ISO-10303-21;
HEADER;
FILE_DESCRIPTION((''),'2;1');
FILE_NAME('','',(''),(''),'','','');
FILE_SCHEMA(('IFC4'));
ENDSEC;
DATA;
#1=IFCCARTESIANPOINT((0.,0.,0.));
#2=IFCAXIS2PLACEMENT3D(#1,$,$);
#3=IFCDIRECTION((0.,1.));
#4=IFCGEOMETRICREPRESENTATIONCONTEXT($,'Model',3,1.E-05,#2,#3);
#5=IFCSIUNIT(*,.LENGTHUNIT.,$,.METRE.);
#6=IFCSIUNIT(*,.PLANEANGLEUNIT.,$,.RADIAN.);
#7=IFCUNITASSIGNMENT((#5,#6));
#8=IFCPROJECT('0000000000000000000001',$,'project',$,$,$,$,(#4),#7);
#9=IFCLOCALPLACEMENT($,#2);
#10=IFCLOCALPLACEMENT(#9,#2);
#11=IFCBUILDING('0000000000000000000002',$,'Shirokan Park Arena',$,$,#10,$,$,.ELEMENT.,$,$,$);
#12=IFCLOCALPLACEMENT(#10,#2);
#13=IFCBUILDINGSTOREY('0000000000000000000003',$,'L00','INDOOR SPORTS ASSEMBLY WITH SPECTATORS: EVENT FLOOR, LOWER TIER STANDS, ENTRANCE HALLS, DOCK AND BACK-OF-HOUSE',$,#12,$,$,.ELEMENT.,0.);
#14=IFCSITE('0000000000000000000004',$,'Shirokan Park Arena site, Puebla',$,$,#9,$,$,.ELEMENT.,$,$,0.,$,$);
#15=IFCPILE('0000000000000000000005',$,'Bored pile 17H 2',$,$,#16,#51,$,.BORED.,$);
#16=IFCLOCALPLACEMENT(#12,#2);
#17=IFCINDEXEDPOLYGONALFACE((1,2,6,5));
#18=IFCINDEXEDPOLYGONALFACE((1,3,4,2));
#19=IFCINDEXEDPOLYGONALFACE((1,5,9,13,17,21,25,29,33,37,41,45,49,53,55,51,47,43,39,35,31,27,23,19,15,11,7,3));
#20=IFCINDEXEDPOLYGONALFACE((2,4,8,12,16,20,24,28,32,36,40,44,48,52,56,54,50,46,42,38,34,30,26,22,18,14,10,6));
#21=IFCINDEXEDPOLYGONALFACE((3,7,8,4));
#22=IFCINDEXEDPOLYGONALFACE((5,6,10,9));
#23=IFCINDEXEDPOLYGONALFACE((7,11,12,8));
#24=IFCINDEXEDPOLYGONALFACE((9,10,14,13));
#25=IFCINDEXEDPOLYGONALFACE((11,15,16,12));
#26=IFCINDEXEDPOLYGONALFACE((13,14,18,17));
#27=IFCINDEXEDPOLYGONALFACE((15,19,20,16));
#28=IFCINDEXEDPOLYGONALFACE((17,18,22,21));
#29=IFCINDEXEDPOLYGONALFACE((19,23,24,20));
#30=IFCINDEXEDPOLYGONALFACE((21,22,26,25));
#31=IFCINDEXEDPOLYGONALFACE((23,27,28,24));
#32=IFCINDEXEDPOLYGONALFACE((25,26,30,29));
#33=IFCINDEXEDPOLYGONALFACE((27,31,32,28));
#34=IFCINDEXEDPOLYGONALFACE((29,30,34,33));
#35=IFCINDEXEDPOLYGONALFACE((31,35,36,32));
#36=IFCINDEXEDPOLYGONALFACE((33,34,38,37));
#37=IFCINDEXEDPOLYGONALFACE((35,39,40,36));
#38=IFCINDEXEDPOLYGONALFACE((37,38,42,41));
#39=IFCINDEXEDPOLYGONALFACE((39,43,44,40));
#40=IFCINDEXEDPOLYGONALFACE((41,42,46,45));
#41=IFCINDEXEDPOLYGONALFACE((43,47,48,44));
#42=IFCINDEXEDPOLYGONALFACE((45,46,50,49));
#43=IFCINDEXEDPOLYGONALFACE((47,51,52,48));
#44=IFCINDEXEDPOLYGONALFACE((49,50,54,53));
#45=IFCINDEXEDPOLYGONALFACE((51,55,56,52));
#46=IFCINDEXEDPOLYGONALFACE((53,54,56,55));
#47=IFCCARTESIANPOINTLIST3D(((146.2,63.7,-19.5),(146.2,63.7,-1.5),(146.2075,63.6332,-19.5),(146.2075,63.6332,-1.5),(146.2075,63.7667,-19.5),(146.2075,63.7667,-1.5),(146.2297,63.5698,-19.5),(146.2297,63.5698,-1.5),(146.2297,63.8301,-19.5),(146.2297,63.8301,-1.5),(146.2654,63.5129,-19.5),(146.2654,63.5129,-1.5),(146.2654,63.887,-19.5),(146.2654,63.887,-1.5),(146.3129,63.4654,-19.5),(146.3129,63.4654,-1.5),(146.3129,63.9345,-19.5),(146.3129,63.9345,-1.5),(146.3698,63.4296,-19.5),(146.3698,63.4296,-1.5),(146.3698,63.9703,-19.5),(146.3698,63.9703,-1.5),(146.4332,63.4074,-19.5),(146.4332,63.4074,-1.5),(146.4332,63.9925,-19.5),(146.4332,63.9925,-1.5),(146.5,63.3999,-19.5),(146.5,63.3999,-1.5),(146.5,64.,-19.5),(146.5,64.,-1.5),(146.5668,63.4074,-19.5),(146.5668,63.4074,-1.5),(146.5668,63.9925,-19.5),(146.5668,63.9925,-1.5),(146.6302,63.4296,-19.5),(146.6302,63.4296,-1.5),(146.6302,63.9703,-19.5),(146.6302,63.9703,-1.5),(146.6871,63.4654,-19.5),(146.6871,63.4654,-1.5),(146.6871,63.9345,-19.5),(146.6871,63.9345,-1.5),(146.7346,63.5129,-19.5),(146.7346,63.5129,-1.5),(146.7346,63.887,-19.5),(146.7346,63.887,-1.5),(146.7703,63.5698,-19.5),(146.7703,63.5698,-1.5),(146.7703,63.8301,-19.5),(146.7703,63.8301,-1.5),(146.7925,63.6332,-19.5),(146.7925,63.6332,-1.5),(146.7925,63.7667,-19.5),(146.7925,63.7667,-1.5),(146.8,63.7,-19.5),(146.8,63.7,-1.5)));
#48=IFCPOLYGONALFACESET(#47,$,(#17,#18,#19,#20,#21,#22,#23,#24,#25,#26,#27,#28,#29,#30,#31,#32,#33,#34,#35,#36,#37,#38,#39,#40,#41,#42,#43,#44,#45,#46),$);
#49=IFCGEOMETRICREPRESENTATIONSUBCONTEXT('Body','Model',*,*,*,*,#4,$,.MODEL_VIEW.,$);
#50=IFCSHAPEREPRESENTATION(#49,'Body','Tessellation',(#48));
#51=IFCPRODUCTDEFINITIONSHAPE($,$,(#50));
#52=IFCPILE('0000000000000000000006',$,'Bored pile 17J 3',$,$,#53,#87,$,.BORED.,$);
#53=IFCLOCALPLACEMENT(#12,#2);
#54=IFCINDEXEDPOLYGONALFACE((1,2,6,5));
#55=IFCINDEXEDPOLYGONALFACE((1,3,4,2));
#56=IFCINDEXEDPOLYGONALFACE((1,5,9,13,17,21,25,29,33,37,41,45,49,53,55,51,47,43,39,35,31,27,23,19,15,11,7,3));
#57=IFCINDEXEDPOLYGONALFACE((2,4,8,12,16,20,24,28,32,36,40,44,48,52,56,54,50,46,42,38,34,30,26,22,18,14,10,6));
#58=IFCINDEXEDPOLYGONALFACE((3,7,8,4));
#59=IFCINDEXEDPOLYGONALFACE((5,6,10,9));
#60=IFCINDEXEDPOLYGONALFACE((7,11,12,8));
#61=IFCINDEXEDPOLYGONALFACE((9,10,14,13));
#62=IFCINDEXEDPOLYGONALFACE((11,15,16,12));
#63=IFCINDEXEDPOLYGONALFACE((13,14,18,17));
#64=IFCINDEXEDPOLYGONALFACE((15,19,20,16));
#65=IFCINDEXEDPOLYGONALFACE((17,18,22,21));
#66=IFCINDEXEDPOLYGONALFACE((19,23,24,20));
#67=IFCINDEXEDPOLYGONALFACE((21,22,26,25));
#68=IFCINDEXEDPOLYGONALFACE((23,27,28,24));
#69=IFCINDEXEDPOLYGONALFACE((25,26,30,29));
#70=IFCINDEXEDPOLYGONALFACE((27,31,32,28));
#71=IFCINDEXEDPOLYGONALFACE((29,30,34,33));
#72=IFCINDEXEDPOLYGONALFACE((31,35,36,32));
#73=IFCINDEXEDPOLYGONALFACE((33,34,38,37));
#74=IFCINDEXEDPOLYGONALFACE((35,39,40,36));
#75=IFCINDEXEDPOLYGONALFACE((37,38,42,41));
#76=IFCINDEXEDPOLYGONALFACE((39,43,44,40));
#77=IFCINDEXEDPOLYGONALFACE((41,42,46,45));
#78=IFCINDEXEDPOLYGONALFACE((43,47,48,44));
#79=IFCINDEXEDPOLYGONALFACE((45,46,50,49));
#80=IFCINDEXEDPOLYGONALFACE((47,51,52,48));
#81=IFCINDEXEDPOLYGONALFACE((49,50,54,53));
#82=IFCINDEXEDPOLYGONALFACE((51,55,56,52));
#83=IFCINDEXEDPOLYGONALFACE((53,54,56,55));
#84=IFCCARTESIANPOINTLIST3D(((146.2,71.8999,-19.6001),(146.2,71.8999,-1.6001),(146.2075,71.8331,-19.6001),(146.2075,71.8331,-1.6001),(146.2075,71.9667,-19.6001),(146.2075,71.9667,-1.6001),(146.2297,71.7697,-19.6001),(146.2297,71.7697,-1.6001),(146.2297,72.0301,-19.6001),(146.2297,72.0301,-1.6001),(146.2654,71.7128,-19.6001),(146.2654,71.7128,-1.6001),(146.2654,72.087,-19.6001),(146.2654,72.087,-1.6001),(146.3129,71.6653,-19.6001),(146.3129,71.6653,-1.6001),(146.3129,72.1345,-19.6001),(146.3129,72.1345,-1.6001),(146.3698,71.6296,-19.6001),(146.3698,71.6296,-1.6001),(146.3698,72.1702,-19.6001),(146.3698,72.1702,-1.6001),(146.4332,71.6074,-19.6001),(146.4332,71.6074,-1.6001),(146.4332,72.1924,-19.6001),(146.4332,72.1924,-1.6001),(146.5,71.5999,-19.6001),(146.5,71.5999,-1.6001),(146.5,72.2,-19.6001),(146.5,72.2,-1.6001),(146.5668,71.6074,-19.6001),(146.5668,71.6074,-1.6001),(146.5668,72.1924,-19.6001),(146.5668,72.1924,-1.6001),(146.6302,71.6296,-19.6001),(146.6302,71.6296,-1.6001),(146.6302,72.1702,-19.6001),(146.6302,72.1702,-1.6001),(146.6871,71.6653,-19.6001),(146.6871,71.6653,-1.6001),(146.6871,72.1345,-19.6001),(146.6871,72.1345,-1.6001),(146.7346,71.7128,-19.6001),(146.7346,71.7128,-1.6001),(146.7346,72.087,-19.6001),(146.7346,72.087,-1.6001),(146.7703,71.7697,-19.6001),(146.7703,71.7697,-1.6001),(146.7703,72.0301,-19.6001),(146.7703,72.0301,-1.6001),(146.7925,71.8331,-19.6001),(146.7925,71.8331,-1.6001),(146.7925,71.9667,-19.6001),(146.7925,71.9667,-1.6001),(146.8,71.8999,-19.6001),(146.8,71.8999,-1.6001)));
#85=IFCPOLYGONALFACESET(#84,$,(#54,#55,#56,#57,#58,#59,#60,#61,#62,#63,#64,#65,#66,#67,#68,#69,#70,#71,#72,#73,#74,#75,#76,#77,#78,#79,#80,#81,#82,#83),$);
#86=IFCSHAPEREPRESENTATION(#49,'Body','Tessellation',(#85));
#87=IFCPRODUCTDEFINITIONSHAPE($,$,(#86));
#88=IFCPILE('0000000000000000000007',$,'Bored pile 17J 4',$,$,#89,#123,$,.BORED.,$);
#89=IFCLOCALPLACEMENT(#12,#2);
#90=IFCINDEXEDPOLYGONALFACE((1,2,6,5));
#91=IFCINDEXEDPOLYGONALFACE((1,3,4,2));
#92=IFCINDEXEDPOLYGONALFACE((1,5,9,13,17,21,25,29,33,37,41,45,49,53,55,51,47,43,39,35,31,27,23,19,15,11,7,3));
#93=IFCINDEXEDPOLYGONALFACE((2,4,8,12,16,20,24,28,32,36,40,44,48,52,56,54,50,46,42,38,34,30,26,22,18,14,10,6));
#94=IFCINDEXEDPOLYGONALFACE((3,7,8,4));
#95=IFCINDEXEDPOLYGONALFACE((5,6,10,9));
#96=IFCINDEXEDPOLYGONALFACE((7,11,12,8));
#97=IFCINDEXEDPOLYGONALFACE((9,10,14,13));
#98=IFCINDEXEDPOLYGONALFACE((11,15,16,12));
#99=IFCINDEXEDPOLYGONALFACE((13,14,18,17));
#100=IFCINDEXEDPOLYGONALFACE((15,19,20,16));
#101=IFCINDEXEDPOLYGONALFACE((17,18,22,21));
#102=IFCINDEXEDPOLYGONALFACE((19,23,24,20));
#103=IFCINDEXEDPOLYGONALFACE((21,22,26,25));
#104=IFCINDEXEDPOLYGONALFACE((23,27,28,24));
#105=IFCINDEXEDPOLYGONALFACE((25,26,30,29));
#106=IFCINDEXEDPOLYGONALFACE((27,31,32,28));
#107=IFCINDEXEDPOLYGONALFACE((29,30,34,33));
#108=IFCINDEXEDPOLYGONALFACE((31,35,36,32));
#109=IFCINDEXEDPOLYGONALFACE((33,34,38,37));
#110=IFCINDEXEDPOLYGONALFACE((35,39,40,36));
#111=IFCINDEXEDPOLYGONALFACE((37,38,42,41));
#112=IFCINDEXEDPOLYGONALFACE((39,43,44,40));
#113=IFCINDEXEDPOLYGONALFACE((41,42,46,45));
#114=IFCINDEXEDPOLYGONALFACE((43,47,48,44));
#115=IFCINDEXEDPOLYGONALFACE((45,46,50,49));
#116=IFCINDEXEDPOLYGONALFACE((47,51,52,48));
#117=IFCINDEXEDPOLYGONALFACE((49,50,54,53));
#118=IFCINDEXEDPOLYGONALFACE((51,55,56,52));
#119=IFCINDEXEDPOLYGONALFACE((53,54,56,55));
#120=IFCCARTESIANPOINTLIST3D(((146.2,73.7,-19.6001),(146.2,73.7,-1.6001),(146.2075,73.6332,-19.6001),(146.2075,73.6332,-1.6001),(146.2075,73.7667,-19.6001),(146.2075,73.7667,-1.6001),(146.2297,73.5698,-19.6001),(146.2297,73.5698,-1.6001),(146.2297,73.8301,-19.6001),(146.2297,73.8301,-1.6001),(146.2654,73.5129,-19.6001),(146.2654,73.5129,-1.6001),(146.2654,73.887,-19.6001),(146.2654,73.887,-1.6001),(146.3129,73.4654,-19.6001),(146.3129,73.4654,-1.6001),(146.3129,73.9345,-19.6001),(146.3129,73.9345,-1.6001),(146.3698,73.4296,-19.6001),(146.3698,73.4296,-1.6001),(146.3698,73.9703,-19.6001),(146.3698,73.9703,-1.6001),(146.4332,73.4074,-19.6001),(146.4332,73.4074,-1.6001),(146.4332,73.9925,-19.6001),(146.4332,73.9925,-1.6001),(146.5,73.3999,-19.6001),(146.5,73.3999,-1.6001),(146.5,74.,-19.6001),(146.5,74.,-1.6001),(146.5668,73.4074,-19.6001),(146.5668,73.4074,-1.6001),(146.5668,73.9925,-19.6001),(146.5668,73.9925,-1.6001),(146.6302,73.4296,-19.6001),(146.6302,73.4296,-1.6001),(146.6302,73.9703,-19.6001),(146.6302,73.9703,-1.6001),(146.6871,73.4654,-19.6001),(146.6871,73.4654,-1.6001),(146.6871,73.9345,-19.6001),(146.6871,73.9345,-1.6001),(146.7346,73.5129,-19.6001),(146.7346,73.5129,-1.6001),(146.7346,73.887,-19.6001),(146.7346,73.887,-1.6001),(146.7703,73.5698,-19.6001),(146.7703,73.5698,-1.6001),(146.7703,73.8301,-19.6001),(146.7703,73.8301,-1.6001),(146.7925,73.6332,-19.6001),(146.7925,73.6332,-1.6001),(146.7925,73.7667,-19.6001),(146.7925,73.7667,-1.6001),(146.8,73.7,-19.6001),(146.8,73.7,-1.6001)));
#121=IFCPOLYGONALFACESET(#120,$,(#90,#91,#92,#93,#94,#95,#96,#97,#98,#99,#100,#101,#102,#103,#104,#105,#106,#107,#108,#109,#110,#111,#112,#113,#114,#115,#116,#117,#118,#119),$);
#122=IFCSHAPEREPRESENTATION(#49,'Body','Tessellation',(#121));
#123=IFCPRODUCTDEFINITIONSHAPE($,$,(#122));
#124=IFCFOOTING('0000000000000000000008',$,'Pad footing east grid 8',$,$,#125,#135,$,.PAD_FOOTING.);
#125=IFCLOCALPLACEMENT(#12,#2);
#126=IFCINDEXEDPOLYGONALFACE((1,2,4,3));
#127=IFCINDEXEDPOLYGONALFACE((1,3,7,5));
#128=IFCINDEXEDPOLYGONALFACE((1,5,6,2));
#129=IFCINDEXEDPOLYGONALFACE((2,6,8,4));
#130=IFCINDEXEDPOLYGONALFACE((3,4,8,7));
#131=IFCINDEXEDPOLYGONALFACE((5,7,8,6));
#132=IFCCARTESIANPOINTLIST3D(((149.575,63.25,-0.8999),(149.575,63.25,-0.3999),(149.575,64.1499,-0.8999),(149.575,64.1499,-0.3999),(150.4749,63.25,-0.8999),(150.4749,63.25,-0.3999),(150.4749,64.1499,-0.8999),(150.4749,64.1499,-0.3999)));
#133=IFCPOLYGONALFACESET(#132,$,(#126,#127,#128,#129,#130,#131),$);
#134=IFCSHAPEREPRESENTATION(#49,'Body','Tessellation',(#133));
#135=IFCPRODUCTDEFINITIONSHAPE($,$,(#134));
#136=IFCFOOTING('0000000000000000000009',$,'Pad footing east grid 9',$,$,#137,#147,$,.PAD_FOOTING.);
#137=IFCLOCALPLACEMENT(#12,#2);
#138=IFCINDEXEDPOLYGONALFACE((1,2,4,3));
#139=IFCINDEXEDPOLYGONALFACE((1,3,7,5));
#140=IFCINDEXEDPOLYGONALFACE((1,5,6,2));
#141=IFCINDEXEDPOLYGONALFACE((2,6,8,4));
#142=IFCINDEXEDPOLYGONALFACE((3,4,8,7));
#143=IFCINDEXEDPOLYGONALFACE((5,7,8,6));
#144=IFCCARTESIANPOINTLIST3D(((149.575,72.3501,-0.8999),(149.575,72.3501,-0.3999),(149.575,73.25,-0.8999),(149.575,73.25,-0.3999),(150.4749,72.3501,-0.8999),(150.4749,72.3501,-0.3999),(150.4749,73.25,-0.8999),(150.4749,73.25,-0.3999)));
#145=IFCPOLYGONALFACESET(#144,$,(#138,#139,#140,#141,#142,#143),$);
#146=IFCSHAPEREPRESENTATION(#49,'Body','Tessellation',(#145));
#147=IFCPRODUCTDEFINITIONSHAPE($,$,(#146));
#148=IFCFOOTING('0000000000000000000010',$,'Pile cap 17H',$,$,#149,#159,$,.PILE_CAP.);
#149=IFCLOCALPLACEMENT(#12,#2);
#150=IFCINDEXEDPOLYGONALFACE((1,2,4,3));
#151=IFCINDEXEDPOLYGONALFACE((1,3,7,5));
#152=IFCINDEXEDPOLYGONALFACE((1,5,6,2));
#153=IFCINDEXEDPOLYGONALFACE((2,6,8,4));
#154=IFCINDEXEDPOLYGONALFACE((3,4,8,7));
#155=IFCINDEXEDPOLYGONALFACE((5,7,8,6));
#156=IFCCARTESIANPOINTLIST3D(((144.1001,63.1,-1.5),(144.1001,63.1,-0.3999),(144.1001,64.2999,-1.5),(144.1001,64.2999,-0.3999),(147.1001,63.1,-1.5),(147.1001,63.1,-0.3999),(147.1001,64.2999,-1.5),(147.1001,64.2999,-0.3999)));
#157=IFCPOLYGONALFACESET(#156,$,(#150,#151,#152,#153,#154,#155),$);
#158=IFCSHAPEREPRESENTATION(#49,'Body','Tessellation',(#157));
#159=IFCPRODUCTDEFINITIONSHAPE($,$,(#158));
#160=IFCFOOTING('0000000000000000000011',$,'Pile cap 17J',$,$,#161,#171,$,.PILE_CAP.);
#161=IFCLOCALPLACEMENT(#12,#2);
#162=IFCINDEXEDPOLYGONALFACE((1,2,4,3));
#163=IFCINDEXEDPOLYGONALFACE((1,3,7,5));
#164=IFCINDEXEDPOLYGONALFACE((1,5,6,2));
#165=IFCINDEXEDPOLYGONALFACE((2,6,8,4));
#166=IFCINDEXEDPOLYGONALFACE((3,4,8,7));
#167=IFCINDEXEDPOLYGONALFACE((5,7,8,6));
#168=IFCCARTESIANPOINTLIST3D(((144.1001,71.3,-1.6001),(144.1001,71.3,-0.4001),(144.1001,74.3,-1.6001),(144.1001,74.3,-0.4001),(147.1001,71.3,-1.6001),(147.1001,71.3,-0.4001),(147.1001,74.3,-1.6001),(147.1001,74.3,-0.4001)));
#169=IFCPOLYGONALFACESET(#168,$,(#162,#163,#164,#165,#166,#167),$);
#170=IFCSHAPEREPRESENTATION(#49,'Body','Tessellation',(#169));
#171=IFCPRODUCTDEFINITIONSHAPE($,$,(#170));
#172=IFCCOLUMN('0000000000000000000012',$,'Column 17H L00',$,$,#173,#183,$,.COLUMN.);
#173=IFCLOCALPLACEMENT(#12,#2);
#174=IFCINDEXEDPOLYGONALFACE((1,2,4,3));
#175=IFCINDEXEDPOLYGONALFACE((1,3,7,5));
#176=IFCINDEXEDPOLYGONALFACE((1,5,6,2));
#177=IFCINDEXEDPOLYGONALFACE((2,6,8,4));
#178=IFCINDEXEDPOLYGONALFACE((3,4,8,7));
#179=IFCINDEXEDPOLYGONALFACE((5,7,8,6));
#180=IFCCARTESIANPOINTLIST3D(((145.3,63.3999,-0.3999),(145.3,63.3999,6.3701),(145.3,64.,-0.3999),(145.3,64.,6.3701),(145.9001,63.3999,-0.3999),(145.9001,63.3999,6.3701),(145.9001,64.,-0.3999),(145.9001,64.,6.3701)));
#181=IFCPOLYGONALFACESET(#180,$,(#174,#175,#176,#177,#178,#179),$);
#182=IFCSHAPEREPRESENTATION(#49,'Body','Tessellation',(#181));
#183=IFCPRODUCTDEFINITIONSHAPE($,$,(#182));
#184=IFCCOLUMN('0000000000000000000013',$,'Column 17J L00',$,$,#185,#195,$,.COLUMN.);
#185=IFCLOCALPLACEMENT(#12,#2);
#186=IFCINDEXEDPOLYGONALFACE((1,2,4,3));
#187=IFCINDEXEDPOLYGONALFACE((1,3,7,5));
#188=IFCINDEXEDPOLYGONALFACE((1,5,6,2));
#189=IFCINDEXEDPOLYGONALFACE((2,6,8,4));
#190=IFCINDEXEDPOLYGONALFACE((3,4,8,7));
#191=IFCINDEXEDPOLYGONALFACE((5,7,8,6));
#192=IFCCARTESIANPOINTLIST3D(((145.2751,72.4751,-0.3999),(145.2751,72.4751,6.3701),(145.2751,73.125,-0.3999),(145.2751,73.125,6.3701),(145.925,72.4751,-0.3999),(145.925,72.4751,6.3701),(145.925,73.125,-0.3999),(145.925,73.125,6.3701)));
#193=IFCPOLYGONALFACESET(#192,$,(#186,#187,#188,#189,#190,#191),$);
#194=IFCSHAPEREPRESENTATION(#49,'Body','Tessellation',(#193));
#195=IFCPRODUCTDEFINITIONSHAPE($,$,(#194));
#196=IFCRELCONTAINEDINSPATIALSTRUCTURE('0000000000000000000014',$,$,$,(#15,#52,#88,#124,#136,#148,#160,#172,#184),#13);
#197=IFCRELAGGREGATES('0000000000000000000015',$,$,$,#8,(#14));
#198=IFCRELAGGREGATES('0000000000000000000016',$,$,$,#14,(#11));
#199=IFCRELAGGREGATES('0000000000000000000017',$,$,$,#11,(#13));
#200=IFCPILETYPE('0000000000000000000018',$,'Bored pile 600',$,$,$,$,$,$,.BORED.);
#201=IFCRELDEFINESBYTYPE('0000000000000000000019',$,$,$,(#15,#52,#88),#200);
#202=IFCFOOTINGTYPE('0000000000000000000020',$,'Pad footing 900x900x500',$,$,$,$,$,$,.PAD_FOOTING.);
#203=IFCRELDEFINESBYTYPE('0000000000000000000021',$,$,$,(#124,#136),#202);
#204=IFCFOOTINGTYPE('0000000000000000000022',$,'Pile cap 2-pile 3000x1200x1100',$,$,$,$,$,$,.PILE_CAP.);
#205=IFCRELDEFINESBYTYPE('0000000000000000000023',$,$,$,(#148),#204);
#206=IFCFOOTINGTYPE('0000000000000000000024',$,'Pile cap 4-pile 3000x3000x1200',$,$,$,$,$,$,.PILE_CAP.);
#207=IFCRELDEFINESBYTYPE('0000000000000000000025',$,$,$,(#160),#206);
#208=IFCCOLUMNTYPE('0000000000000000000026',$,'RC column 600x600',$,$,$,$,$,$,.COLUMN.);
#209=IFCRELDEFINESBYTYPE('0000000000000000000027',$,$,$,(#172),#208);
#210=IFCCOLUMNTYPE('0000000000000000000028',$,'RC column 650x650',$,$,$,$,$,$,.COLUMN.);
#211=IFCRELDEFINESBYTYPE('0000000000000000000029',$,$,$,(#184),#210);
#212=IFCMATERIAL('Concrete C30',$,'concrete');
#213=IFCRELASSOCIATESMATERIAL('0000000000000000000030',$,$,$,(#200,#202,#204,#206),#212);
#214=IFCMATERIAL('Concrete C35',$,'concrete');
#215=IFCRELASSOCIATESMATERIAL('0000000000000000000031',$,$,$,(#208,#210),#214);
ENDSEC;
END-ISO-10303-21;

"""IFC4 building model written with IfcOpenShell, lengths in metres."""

from ifc_helpers import new_model, si_unit, direction, frame, origin, origin_2d, place, context, subcontext, project, spatial, rectangle, circle, extrude, material, material_profile, profile_set, type_object, element, save


model = new_model("IFC4")

# Units and contexts
model_context = context("Model", 3, precision=1e-05, world=origin(), true_north=direction((0.0, 1.0)))
body_context = subcontext(model_context, "Body", "Model", "MODEL_VIEW")
ifc_project = project(units=[si_unit("LENGTHUNIT", "METRE"), si_unit("PLANEANGLEUNIT", "RADIAN")], contexts=[model_context])

# Site, building, storey
site_placement = place(None, origin())
site = spatial("IfcSite", under=ifc_project, at=site_placement, Name="Shirokan Park Arena site, Puebla", CompositionType="ELEMENT", RefElevation=0.0)
building_placement = place(site_placement, origin())
building = spatial("IfcBuilding", under=site, at=building_placement, Name="Shirokan Park Arena", CompositionType="ELEMENT")
storey_placement = place(building_placement, origin())
storey = spatial("IfcBuildingStorey", under=building, at=storey_placement, Name="L00", Description="INDOOR SPORTS ASSEMBLY WITH SPECTATORS: EVENT FLOOR, LOWER TIER STANDS, ENTRANCE HALLS, DOCK AND BACK-OF-HOUSE", CompositionType="ELEMENT", Elevation=0.0)

# Piles
ifc_material_1 = material(Name="Concrete C30", Category="concrete")
ifc_material_profile_1 = material_profile(ifc_material_1, circle(Radius=0.3, at=origin_2d()), Name="D600")
ifc_profile_set_1 = profile_set([ifc_material_profile_1], Name="Concrete C30")
pile_type = type_object("IfcPileType", Name="Bored pile 600", PredefinedType="BORED", material=ifc_profile_set_1)
for number, where, z_axis, x_axis, name in (
    (1, (146.5, 63.7, -1.5), (0.0, 0.0, -1.0), (1.0, 0.0, 0.0), "Bored pile 17H 2"),
    (2, (146.5, 71.8999, -1.6001), (0.0, 0.0, -1.0), (1.0, 0.0, 0.0), "Bored pile 17J 3"),
    (3, (146.5, 73.7, -1.6001), (0.0, 0.0, -1.0), (1.0, 0.0, 0.0), "Bored pile 17J 4"),
):
    element("IfcPile", number, at=place(storey_placement, frame(where, z_axis=z_axis, x_axis=x_axis)), inside=storey, type_object=pile_type, Name=name, PredefinedType="BORED", context=body_context, shape_type="SweptSolid", body=[
        extrude(circle(Radius=0.3, at=origin_2d()), origin(), (0.0, 0.0, 1.0), 18.0),
    ])

# Footings
footing_type_1 = type_object("IfcFootingType", Name="Pad footing 900x900x500", PredefinedType="PAD_FOOTING", material=ifc_material_1)
for number, where, z_axis, x_axis, name in (
    (4, (150.0249, 63.7, -0.8999), (0.0, 0.0, 1.0), (1.0, 0.0, 0.0), "Pad footing east grid 8"),
    (5, (150.0249, 72.8, -0.8999), (0.0, 0.0, 1.0), (1.0, 0.0, 0.0), "Pad footing east grid 9"),
):
    element("IfcFooting", number, at=place(storey_placement, frame(where, z_axis=z_axis, x_axis=x_axis)), inside=storey, type_object=footing_type_1, Name=name, PredefinedType="PAD_FOOTING", context=body_context, shape_type="SweptSolid", body=[
        extrude(rectangle(XDim=0.8999, YDim=0.8999, at=origin_2d()), origin(), (0.0, 0.0, 1.0), 0.5),
    ])
footing_type_2 = type_object("IfcFootingType", Name="Pile cap 2-pile 3000x1200x1100", PredefinedType="PILE_CAP", material=ifc_material_1)
footing_1_placement = place(storey_placement, frame((145.6001, 63.7, -1.5), z_axis=(0.0, 0.0, 1.0), x_axis=(1.0, 0.0, 0.0)))
element("IfcFooting", 6, at=footing_1_placement, inside=storey, type_object=footing_type_2, Name="Pile cap 17H", PredefinedType="PILE_CAP", context=body_context, shape_type="SweptSolid", body=[
    extrude(rectangle(XDim=3.0, YDim=1.2, at=origin_2d()), origin(), (0.0, 0.0, 1.0), 1.1001),
])
footing_type_3 = type_object("IfcFootingType", Name="Pile cap 4-pile 3000x3000x1200", PredefinedType="PILE_CAP", material=ifc_material_1)
footing_2_placement = place(storey_placement, frame((145.6001, 72.8, -1.6001), z_axis=(0.0, 0.0, 1.0), x_axis=(1.0, 0.0, 0.0)))
element("IfcFooting", 7, at=footing_2_placement, inside=storey, type_object=footing_type_3, Name="Pile cap 17J", PredefinedType="PILE_CAP", context=body_context, shape_type="SweptSolid", body=[
    extrude(rectangle(XDim=3.0, YDim=3.0, at=origin_2d()), origin(), (0.0, 0.0, 1.0), 1.2),
])

# Columns
ifc_material_2 = material(Name="Concrete C35", Category="concrete")
ifc_material_profile_2 = material_profile(ifc_material_2, rectangle(XDim=0.6001, YDim=0.6001, at=origin_2d()), Name="600x600")
ifc_profile_set_2 = profile_set([ifc_material_profile_2], Name="Concrete C35")
column_type_1 = type_object("IfcColumnType", Name="RC column 600x600", PredefinedType="COLUMN", material=ifc_profile_set_2)
column_1_placement = place(storey_placement, frame((145.6001, 63.7, -0.3999), z_axis=(0.0, 0.0, 1.0), x_axis=(1.0, 0.0, 0.0)))
element("IfcColumn", 8, at=column_1_placement, inside=storey, type_object=column_type_1, Name="Column 17H L00", PredefinedType="COLUMN", context=body_context, shape_type="SweptSolid", body=[
    extrude(rectangle(XDim=0.6001, YDim=0.6001, at=origin_2d()), origin(), (0.0, 0.0, 1.0), 6.77),
])
ifc_material_profile_3 = material_profile(ifc_material_2, rectangle(XDim=0.6499, YDim=0.6499, at=origin_2d()), Name="650x650")
ifc_profile_set_3 = profile_set([ifc_material_profile_3], Name="Concrete C35")
column_type_2 = type_object("IfcColumnType", Name="RC column 650x650", PredefinedType="COLUMN", material=ifc_profile_set_3)
column_2_placement = place(storey_placement, frame((145.6001, 72.8, -0.3999), z_axis=(0.0, 0.0, 1.0), x_axis=(1.0, 0.0, 0.0)))
element("IfcColumn", 9, at=column_2_placement, inside=storey, type_object=column_type_2, Name="Column 17J L00", PredefinedType="COLUMN", context=body_context, shape_type="SweptSolid", body=[
    extrude(rectangle(XDim=0.6499, YDim=0.6499, at=origin_2d()), origin(), (0.0, 0.0, 1.0), 6.77),
])

save(model, "model.ifc")
